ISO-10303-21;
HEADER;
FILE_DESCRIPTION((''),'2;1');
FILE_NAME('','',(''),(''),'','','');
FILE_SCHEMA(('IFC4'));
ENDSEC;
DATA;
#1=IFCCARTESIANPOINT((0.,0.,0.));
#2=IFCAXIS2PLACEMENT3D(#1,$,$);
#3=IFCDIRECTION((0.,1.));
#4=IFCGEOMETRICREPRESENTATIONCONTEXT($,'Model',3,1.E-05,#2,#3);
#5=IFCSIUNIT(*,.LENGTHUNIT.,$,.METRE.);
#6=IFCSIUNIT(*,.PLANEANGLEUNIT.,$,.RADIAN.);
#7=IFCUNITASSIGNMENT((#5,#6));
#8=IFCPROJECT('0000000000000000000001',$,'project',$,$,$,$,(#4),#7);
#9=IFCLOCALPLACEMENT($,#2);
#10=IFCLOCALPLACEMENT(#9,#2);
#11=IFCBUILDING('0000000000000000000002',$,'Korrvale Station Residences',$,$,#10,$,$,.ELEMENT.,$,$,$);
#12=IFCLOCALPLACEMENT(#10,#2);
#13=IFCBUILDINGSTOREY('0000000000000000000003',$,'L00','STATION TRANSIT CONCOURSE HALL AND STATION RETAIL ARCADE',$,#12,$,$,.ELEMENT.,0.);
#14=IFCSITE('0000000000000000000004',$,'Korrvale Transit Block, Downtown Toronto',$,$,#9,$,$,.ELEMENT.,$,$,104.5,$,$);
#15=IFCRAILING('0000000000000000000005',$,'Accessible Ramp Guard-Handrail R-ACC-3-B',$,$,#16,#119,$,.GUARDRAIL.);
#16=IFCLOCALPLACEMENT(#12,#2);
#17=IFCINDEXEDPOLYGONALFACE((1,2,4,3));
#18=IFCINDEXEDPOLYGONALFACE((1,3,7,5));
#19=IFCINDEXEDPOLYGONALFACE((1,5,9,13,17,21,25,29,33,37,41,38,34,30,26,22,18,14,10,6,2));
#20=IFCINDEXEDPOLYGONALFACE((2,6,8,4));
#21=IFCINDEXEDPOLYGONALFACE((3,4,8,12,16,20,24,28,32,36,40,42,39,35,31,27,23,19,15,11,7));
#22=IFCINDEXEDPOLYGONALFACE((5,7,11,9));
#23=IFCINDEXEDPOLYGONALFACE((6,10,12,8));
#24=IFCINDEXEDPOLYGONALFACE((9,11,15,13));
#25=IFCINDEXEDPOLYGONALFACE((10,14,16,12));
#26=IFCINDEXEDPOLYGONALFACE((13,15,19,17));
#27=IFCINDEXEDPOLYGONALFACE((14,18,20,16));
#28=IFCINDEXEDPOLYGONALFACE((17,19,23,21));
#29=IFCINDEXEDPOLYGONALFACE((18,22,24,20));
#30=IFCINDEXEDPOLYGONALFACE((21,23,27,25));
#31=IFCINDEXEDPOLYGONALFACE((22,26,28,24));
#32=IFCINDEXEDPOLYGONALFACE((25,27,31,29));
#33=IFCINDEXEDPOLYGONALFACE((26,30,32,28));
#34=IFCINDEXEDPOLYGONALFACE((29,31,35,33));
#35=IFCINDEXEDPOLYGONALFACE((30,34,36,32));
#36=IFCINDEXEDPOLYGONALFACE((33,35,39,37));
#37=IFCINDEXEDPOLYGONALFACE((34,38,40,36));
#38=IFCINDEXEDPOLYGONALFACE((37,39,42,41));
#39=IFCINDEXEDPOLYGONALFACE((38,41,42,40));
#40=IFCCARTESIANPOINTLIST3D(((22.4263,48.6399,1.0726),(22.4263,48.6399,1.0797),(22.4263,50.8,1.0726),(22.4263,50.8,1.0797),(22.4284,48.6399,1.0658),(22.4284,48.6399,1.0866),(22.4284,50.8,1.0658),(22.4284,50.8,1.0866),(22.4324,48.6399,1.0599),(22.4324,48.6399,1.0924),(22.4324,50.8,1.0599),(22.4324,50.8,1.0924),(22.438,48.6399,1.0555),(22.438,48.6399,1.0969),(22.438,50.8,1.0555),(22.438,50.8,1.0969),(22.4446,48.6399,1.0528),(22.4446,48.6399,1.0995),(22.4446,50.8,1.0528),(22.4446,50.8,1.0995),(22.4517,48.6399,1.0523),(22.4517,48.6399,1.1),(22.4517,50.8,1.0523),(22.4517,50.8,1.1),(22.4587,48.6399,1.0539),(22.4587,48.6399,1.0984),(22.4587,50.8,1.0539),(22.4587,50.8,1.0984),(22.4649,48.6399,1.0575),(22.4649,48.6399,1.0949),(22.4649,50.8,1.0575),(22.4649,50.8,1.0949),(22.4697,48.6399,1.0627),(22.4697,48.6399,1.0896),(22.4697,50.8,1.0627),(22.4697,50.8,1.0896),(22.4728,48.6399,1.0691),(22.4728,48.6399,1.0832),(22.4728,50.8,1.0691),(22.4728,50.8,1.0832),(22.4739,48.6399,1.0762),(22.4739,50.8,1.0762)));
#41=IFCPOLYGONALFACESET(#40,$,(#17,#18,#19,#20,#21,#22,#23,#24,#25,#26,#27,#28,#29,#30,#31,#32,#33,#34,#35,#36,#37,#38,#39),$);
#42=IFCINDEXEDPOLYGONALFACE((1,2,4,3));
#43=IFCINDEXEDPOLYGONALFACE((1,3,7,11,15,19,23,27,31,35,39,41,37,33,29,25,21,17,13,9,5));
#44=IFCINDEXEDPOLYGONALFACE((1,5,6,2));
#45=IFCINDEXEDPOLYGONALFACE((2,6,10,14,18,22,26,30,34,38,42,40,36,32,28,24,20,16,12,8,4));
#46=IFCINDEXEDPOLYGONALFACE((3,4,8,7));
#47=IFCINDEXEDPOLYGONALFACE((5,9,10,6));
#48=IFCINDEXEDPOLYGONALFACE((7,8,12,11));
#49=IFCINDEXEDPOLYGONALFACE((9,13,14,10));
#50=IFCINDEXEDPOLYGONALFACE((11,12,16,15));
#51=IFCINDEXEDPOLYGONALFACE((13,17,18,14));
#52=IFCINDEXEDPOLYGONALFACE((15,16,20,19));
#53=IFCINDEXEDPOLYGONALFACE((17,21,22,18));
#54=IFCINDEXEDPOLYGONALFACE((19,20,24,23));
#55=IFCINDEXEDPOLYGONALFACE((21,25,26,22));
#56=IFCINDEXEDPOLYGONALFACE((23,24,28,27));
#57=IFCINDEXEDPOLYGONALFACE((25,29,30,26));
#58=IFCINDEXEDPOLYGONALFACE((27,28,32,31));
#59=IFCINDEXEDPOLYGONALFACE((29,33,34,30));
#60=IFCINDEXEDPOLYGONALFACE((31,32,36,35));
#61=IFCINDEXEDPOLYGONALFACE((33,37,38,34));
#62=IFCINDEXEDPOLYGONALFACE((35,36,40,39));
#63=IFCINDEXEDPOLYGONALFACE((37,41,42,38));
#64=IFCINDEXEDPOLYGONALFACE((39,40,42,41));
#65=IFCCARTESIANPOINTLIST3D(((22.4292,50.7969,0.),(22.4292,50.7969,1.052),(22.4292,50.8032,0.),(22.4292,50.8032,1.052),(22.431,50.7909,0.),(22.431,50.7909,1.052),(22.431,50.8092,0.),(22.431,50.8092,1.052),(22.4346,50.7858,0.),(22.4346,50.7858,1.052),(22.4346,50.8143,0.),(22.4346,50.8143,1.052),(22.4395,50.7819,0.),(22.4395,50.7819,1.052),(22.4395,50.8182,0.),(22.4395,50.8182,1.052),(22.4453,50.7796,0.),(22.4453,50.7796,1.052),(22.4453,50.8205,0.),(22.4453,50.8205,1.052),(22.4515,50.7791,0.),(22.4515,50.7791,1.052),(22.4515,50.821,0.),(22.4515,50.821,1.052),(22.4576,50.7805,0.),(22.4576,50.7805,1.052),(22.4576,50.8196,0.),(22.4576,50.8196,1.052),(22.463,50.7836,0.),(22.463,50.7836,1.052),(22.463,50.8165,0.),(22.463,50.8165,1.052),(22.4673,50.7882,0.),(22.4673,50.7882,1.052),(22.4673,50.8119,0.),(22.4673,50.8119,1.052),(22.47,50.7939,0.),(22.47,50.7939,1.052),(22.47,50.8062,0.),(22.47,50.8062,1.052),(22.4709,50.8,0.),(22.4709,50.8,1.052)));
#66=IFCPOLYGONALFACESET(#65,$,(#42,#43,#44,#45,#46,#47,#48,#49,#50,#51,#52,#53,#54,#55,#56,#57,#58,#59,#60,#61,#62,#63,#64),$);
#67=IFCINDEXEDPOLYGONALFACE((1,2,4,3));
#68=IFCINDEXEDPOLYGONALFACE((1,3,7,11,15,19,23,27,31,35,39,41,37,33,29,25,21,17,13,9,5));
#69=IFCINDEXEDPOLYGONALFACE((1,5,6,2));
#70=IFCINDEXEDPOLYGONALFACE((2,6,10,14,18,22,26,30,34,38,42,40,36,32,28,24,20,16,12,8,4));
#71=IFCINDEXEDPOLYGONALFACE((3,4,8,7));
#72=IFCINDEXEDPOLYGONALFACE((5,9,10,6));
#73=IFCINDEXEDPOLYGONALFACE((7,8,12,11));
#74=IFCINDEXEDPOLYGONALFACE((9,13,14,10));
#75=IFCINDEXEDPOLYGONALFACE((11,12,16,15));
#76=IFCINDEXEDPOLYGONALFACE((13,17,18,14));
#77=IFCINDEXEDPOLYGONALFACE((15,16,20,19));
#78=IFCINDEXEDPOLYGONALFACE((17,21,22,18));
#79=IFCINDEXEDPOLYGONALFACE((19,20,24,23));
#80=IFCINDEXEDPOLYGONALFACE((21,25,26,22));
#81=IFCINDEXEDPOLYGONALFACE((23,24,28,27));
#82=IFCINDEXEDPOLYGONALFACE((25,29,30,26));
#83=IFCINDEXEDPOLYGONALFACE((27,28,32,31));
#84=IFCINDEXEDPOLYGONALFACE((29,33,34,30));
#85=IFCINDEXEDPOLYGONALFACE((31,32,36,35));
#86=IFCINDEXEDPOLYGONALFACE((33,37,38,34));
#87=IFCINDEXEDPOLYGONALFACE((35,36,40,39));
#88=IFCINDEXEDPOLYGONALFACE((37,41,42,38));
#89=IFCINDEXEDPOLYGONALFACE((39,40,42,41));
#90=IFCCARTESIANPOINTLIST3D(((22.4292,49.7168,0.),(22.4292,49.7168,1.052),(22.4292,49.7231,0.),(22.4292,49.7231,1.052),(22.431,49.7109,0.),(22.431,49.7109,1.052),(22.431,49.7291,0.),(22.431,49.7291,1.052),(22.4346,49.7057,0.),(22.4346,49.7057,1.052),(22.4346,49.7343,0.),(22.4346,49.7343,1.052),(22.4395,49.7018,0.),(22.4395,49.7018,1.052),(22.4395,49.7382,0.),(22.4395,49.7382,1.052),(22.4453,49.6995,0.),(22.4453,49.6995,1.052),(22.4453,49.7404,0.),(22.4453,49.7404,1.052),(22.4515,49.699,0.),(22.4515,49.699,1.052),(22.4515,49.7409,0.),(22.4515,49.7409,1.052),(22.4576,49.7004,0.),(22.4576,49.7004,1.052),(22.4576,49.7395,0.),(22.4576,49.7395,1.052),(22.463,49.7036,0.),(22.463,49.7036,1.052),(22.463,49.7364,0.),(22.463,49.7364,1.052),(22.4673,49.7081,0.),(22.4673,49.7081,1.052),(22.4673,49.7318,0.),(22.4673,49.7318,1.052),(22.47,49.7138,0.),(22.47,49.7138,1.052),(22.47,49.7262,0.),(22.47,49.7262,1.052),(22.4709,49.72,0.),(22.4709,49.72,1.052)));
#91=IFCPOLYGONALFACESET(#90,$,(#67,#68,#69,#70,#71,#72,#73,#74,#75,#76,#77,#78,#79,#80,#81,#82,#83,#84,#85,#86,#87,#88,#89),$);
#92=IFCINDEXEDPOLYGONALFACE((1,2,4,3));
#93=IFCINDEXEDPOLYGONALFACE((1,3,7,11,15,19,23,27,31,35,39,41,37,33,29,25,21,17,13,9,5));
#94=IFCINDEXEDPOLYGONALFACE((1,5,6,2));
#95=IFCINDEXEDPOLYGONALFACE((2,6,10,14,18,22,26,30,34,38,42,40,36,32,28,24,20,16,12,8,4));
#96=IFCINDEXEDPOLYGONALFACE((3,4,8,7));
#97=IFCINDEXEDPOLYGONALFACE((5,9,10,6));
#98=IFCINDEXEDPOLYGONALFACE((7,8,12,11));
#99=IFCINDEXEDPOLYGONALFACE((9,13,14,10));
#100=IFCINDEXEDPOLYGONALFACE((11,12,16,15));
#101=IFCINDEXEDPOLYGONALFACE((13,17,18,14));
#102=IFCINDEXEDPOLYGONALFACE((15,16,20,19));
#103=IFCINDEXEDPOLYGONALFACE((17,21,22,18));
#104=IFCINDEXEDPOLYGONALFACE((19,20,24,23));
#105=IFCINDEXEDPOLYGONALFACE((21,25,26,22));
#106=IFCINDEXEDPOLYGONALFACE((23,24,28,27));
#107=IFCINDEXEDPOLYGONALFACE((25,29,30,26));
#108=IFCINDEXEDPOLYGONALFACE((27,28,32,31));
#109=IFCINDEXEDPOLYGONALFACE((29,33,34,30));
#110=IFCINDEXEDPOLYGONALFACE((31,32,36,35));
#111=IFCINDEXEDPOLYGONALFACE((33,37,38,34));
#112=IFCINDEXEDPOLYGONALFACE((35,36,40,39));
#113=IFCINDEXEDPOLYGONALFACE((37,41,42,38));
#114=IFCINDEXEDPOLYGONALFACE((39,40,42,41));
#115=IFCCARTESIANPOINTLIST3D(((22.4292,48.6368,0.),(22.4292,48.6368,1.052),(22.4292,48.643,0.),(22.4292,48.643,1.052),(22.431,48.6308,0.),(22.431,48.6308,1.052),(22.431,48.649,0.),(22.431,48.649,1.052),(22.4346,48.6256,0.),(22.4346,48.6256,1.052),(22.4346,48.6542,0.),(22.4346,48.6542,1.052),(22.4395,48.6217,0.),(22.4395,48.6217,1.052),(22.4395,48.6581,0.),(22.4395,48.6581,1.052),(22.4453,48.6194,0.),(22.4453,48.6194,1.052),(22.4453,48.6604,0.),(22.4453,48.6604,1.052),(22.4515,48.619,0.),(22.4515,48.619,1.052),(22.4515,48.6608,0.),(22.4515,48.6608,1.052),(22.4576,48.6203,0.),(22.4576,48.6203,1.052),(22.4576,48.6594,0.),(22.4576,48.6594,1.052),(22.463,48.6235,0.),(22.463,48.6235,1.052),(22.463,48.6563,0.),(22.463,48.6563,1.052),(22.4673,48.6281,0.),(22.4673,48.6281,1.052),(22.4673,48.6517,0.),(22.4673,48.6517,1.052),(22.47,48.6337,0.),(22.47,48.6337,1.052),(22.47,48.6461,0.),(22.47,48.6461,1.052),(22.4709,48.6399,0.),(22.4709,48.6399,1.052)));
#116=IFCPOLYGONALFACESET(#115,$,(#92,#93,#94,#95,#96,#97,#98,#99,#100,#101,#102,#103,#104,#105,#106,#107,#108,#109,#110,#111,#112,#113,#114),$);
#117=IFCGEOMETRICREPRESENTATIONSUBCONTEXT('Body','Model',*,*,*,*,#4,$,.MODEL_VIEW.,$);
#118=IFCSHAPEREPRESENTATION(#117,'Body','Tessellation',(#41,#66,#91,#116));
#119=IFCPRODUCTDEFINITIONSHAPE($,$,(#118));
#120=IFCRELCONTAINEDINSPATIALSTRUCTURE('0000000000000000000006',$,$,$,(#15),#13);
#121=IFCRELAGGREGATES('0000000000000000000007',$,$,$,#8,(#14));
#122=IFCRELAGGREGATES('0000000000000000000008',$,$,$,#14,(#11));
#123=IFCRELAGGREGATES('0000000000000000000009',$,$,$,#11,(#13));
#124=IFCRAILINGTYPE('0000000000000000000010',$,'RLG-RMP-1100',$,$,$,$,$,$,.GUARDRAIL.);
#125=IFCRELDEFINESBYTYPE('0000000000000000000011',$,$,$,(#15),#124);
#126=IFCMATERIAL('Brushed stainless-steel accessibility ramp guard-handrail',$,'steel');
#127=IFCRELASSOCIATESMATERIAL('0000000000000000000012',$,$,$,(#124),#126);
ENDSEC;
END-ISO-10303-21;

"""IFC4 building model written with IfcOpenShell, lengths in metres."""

from ifc_helpers import new_model, si_unit, direction, frame, origin, origin_2d, place, context, subcontext, project, spatial, circle, extrude, material, type_object, element, save


model = new_model("IFC4")

# Units and contexts
model_context = context("Model", 3, precision=1e-05, world=origin(), true_north=direction((0.0, 1.0)))
body_context = subcontext(model_context, "Body", "Model", "MODEL_VIEW")
ifc_project = project(units=[si_unit("LENGTHUNIT", "METRE"), si_unit("PLANEANGLEUNIT", "RADIAN")], contexts=[model_context])

# Site, building, storey
site_placement = place(None, origin())
site = spatial("IfcSite", under=ifc_project, at=site_placement, Name="Korrvale Transit Block, Downtown Toronto", CompositionType="ELEMENT", RefElevation=104.5)
building_placement = place(site_placement, origin())
building = spatial("IfcBuilding", under=site, at=building_placement, Name="Korrvale Station Residences", CompositionType="ELEMENT")
storey_placement = place(building_placement, origin())
storey = spatial("IfcBuildingStorey", under=building, at=storey_placement, Name="L00", Description="STATION TRANSIT CONCOURSE HALL AND STATION RETAIL ARCADE", CompositionType="ELEMENT", Elevation=0.0)

# Railing
ifc_material_1 = material(Name="Brushed stainless-steel accessibility ramp guard-handrail", Category="steel")
railing_type = type_object("IfcRailingType", Name="RLG-RMP-1100", PredefinedType="GUARDRAIL", material=ifc_material_1)
for number, where, name in (
    (1, (22.45, 50.8, 0.0), "Accessible Ramp Guard-Handrail R-ACC-3-B"),
):
    element("IfcRailing", number, at=place(storey_placement, frame(where)), inside=storey, type_object=railing_type, Name=name, PredefinedType="GUARDRAIL", context=body_context, shape_type="SweptSolid", body=[
        extrude(circle(Radius=0.0239, at=origin_2d()), frame((0.0, 0.0, 1.0762), z_axis=(0.0, -1.0, 0.0), x_axis=(1.0, 0.0, 0.0)), (0.0, 0.0, 1.0), 2.1602),
        extrude(circle(Radius=0.021, at=origin_2d()), origin(), (0.0, 0.0, 1.0), 1.052),
        extrude(circle(Radius=0.021, at=origin_2d()), frame((0.0, -1.0801, 0.0)), (0.0, 0.0, 1.0), 1.052),
        extrude(circle(Radius=0.021, at=origin_2d()), frame((0.0, -2.1602, 0.0)), (0.0, 0.0, 1.0), 1.052),
    ])

save(model, "model.ifc")
